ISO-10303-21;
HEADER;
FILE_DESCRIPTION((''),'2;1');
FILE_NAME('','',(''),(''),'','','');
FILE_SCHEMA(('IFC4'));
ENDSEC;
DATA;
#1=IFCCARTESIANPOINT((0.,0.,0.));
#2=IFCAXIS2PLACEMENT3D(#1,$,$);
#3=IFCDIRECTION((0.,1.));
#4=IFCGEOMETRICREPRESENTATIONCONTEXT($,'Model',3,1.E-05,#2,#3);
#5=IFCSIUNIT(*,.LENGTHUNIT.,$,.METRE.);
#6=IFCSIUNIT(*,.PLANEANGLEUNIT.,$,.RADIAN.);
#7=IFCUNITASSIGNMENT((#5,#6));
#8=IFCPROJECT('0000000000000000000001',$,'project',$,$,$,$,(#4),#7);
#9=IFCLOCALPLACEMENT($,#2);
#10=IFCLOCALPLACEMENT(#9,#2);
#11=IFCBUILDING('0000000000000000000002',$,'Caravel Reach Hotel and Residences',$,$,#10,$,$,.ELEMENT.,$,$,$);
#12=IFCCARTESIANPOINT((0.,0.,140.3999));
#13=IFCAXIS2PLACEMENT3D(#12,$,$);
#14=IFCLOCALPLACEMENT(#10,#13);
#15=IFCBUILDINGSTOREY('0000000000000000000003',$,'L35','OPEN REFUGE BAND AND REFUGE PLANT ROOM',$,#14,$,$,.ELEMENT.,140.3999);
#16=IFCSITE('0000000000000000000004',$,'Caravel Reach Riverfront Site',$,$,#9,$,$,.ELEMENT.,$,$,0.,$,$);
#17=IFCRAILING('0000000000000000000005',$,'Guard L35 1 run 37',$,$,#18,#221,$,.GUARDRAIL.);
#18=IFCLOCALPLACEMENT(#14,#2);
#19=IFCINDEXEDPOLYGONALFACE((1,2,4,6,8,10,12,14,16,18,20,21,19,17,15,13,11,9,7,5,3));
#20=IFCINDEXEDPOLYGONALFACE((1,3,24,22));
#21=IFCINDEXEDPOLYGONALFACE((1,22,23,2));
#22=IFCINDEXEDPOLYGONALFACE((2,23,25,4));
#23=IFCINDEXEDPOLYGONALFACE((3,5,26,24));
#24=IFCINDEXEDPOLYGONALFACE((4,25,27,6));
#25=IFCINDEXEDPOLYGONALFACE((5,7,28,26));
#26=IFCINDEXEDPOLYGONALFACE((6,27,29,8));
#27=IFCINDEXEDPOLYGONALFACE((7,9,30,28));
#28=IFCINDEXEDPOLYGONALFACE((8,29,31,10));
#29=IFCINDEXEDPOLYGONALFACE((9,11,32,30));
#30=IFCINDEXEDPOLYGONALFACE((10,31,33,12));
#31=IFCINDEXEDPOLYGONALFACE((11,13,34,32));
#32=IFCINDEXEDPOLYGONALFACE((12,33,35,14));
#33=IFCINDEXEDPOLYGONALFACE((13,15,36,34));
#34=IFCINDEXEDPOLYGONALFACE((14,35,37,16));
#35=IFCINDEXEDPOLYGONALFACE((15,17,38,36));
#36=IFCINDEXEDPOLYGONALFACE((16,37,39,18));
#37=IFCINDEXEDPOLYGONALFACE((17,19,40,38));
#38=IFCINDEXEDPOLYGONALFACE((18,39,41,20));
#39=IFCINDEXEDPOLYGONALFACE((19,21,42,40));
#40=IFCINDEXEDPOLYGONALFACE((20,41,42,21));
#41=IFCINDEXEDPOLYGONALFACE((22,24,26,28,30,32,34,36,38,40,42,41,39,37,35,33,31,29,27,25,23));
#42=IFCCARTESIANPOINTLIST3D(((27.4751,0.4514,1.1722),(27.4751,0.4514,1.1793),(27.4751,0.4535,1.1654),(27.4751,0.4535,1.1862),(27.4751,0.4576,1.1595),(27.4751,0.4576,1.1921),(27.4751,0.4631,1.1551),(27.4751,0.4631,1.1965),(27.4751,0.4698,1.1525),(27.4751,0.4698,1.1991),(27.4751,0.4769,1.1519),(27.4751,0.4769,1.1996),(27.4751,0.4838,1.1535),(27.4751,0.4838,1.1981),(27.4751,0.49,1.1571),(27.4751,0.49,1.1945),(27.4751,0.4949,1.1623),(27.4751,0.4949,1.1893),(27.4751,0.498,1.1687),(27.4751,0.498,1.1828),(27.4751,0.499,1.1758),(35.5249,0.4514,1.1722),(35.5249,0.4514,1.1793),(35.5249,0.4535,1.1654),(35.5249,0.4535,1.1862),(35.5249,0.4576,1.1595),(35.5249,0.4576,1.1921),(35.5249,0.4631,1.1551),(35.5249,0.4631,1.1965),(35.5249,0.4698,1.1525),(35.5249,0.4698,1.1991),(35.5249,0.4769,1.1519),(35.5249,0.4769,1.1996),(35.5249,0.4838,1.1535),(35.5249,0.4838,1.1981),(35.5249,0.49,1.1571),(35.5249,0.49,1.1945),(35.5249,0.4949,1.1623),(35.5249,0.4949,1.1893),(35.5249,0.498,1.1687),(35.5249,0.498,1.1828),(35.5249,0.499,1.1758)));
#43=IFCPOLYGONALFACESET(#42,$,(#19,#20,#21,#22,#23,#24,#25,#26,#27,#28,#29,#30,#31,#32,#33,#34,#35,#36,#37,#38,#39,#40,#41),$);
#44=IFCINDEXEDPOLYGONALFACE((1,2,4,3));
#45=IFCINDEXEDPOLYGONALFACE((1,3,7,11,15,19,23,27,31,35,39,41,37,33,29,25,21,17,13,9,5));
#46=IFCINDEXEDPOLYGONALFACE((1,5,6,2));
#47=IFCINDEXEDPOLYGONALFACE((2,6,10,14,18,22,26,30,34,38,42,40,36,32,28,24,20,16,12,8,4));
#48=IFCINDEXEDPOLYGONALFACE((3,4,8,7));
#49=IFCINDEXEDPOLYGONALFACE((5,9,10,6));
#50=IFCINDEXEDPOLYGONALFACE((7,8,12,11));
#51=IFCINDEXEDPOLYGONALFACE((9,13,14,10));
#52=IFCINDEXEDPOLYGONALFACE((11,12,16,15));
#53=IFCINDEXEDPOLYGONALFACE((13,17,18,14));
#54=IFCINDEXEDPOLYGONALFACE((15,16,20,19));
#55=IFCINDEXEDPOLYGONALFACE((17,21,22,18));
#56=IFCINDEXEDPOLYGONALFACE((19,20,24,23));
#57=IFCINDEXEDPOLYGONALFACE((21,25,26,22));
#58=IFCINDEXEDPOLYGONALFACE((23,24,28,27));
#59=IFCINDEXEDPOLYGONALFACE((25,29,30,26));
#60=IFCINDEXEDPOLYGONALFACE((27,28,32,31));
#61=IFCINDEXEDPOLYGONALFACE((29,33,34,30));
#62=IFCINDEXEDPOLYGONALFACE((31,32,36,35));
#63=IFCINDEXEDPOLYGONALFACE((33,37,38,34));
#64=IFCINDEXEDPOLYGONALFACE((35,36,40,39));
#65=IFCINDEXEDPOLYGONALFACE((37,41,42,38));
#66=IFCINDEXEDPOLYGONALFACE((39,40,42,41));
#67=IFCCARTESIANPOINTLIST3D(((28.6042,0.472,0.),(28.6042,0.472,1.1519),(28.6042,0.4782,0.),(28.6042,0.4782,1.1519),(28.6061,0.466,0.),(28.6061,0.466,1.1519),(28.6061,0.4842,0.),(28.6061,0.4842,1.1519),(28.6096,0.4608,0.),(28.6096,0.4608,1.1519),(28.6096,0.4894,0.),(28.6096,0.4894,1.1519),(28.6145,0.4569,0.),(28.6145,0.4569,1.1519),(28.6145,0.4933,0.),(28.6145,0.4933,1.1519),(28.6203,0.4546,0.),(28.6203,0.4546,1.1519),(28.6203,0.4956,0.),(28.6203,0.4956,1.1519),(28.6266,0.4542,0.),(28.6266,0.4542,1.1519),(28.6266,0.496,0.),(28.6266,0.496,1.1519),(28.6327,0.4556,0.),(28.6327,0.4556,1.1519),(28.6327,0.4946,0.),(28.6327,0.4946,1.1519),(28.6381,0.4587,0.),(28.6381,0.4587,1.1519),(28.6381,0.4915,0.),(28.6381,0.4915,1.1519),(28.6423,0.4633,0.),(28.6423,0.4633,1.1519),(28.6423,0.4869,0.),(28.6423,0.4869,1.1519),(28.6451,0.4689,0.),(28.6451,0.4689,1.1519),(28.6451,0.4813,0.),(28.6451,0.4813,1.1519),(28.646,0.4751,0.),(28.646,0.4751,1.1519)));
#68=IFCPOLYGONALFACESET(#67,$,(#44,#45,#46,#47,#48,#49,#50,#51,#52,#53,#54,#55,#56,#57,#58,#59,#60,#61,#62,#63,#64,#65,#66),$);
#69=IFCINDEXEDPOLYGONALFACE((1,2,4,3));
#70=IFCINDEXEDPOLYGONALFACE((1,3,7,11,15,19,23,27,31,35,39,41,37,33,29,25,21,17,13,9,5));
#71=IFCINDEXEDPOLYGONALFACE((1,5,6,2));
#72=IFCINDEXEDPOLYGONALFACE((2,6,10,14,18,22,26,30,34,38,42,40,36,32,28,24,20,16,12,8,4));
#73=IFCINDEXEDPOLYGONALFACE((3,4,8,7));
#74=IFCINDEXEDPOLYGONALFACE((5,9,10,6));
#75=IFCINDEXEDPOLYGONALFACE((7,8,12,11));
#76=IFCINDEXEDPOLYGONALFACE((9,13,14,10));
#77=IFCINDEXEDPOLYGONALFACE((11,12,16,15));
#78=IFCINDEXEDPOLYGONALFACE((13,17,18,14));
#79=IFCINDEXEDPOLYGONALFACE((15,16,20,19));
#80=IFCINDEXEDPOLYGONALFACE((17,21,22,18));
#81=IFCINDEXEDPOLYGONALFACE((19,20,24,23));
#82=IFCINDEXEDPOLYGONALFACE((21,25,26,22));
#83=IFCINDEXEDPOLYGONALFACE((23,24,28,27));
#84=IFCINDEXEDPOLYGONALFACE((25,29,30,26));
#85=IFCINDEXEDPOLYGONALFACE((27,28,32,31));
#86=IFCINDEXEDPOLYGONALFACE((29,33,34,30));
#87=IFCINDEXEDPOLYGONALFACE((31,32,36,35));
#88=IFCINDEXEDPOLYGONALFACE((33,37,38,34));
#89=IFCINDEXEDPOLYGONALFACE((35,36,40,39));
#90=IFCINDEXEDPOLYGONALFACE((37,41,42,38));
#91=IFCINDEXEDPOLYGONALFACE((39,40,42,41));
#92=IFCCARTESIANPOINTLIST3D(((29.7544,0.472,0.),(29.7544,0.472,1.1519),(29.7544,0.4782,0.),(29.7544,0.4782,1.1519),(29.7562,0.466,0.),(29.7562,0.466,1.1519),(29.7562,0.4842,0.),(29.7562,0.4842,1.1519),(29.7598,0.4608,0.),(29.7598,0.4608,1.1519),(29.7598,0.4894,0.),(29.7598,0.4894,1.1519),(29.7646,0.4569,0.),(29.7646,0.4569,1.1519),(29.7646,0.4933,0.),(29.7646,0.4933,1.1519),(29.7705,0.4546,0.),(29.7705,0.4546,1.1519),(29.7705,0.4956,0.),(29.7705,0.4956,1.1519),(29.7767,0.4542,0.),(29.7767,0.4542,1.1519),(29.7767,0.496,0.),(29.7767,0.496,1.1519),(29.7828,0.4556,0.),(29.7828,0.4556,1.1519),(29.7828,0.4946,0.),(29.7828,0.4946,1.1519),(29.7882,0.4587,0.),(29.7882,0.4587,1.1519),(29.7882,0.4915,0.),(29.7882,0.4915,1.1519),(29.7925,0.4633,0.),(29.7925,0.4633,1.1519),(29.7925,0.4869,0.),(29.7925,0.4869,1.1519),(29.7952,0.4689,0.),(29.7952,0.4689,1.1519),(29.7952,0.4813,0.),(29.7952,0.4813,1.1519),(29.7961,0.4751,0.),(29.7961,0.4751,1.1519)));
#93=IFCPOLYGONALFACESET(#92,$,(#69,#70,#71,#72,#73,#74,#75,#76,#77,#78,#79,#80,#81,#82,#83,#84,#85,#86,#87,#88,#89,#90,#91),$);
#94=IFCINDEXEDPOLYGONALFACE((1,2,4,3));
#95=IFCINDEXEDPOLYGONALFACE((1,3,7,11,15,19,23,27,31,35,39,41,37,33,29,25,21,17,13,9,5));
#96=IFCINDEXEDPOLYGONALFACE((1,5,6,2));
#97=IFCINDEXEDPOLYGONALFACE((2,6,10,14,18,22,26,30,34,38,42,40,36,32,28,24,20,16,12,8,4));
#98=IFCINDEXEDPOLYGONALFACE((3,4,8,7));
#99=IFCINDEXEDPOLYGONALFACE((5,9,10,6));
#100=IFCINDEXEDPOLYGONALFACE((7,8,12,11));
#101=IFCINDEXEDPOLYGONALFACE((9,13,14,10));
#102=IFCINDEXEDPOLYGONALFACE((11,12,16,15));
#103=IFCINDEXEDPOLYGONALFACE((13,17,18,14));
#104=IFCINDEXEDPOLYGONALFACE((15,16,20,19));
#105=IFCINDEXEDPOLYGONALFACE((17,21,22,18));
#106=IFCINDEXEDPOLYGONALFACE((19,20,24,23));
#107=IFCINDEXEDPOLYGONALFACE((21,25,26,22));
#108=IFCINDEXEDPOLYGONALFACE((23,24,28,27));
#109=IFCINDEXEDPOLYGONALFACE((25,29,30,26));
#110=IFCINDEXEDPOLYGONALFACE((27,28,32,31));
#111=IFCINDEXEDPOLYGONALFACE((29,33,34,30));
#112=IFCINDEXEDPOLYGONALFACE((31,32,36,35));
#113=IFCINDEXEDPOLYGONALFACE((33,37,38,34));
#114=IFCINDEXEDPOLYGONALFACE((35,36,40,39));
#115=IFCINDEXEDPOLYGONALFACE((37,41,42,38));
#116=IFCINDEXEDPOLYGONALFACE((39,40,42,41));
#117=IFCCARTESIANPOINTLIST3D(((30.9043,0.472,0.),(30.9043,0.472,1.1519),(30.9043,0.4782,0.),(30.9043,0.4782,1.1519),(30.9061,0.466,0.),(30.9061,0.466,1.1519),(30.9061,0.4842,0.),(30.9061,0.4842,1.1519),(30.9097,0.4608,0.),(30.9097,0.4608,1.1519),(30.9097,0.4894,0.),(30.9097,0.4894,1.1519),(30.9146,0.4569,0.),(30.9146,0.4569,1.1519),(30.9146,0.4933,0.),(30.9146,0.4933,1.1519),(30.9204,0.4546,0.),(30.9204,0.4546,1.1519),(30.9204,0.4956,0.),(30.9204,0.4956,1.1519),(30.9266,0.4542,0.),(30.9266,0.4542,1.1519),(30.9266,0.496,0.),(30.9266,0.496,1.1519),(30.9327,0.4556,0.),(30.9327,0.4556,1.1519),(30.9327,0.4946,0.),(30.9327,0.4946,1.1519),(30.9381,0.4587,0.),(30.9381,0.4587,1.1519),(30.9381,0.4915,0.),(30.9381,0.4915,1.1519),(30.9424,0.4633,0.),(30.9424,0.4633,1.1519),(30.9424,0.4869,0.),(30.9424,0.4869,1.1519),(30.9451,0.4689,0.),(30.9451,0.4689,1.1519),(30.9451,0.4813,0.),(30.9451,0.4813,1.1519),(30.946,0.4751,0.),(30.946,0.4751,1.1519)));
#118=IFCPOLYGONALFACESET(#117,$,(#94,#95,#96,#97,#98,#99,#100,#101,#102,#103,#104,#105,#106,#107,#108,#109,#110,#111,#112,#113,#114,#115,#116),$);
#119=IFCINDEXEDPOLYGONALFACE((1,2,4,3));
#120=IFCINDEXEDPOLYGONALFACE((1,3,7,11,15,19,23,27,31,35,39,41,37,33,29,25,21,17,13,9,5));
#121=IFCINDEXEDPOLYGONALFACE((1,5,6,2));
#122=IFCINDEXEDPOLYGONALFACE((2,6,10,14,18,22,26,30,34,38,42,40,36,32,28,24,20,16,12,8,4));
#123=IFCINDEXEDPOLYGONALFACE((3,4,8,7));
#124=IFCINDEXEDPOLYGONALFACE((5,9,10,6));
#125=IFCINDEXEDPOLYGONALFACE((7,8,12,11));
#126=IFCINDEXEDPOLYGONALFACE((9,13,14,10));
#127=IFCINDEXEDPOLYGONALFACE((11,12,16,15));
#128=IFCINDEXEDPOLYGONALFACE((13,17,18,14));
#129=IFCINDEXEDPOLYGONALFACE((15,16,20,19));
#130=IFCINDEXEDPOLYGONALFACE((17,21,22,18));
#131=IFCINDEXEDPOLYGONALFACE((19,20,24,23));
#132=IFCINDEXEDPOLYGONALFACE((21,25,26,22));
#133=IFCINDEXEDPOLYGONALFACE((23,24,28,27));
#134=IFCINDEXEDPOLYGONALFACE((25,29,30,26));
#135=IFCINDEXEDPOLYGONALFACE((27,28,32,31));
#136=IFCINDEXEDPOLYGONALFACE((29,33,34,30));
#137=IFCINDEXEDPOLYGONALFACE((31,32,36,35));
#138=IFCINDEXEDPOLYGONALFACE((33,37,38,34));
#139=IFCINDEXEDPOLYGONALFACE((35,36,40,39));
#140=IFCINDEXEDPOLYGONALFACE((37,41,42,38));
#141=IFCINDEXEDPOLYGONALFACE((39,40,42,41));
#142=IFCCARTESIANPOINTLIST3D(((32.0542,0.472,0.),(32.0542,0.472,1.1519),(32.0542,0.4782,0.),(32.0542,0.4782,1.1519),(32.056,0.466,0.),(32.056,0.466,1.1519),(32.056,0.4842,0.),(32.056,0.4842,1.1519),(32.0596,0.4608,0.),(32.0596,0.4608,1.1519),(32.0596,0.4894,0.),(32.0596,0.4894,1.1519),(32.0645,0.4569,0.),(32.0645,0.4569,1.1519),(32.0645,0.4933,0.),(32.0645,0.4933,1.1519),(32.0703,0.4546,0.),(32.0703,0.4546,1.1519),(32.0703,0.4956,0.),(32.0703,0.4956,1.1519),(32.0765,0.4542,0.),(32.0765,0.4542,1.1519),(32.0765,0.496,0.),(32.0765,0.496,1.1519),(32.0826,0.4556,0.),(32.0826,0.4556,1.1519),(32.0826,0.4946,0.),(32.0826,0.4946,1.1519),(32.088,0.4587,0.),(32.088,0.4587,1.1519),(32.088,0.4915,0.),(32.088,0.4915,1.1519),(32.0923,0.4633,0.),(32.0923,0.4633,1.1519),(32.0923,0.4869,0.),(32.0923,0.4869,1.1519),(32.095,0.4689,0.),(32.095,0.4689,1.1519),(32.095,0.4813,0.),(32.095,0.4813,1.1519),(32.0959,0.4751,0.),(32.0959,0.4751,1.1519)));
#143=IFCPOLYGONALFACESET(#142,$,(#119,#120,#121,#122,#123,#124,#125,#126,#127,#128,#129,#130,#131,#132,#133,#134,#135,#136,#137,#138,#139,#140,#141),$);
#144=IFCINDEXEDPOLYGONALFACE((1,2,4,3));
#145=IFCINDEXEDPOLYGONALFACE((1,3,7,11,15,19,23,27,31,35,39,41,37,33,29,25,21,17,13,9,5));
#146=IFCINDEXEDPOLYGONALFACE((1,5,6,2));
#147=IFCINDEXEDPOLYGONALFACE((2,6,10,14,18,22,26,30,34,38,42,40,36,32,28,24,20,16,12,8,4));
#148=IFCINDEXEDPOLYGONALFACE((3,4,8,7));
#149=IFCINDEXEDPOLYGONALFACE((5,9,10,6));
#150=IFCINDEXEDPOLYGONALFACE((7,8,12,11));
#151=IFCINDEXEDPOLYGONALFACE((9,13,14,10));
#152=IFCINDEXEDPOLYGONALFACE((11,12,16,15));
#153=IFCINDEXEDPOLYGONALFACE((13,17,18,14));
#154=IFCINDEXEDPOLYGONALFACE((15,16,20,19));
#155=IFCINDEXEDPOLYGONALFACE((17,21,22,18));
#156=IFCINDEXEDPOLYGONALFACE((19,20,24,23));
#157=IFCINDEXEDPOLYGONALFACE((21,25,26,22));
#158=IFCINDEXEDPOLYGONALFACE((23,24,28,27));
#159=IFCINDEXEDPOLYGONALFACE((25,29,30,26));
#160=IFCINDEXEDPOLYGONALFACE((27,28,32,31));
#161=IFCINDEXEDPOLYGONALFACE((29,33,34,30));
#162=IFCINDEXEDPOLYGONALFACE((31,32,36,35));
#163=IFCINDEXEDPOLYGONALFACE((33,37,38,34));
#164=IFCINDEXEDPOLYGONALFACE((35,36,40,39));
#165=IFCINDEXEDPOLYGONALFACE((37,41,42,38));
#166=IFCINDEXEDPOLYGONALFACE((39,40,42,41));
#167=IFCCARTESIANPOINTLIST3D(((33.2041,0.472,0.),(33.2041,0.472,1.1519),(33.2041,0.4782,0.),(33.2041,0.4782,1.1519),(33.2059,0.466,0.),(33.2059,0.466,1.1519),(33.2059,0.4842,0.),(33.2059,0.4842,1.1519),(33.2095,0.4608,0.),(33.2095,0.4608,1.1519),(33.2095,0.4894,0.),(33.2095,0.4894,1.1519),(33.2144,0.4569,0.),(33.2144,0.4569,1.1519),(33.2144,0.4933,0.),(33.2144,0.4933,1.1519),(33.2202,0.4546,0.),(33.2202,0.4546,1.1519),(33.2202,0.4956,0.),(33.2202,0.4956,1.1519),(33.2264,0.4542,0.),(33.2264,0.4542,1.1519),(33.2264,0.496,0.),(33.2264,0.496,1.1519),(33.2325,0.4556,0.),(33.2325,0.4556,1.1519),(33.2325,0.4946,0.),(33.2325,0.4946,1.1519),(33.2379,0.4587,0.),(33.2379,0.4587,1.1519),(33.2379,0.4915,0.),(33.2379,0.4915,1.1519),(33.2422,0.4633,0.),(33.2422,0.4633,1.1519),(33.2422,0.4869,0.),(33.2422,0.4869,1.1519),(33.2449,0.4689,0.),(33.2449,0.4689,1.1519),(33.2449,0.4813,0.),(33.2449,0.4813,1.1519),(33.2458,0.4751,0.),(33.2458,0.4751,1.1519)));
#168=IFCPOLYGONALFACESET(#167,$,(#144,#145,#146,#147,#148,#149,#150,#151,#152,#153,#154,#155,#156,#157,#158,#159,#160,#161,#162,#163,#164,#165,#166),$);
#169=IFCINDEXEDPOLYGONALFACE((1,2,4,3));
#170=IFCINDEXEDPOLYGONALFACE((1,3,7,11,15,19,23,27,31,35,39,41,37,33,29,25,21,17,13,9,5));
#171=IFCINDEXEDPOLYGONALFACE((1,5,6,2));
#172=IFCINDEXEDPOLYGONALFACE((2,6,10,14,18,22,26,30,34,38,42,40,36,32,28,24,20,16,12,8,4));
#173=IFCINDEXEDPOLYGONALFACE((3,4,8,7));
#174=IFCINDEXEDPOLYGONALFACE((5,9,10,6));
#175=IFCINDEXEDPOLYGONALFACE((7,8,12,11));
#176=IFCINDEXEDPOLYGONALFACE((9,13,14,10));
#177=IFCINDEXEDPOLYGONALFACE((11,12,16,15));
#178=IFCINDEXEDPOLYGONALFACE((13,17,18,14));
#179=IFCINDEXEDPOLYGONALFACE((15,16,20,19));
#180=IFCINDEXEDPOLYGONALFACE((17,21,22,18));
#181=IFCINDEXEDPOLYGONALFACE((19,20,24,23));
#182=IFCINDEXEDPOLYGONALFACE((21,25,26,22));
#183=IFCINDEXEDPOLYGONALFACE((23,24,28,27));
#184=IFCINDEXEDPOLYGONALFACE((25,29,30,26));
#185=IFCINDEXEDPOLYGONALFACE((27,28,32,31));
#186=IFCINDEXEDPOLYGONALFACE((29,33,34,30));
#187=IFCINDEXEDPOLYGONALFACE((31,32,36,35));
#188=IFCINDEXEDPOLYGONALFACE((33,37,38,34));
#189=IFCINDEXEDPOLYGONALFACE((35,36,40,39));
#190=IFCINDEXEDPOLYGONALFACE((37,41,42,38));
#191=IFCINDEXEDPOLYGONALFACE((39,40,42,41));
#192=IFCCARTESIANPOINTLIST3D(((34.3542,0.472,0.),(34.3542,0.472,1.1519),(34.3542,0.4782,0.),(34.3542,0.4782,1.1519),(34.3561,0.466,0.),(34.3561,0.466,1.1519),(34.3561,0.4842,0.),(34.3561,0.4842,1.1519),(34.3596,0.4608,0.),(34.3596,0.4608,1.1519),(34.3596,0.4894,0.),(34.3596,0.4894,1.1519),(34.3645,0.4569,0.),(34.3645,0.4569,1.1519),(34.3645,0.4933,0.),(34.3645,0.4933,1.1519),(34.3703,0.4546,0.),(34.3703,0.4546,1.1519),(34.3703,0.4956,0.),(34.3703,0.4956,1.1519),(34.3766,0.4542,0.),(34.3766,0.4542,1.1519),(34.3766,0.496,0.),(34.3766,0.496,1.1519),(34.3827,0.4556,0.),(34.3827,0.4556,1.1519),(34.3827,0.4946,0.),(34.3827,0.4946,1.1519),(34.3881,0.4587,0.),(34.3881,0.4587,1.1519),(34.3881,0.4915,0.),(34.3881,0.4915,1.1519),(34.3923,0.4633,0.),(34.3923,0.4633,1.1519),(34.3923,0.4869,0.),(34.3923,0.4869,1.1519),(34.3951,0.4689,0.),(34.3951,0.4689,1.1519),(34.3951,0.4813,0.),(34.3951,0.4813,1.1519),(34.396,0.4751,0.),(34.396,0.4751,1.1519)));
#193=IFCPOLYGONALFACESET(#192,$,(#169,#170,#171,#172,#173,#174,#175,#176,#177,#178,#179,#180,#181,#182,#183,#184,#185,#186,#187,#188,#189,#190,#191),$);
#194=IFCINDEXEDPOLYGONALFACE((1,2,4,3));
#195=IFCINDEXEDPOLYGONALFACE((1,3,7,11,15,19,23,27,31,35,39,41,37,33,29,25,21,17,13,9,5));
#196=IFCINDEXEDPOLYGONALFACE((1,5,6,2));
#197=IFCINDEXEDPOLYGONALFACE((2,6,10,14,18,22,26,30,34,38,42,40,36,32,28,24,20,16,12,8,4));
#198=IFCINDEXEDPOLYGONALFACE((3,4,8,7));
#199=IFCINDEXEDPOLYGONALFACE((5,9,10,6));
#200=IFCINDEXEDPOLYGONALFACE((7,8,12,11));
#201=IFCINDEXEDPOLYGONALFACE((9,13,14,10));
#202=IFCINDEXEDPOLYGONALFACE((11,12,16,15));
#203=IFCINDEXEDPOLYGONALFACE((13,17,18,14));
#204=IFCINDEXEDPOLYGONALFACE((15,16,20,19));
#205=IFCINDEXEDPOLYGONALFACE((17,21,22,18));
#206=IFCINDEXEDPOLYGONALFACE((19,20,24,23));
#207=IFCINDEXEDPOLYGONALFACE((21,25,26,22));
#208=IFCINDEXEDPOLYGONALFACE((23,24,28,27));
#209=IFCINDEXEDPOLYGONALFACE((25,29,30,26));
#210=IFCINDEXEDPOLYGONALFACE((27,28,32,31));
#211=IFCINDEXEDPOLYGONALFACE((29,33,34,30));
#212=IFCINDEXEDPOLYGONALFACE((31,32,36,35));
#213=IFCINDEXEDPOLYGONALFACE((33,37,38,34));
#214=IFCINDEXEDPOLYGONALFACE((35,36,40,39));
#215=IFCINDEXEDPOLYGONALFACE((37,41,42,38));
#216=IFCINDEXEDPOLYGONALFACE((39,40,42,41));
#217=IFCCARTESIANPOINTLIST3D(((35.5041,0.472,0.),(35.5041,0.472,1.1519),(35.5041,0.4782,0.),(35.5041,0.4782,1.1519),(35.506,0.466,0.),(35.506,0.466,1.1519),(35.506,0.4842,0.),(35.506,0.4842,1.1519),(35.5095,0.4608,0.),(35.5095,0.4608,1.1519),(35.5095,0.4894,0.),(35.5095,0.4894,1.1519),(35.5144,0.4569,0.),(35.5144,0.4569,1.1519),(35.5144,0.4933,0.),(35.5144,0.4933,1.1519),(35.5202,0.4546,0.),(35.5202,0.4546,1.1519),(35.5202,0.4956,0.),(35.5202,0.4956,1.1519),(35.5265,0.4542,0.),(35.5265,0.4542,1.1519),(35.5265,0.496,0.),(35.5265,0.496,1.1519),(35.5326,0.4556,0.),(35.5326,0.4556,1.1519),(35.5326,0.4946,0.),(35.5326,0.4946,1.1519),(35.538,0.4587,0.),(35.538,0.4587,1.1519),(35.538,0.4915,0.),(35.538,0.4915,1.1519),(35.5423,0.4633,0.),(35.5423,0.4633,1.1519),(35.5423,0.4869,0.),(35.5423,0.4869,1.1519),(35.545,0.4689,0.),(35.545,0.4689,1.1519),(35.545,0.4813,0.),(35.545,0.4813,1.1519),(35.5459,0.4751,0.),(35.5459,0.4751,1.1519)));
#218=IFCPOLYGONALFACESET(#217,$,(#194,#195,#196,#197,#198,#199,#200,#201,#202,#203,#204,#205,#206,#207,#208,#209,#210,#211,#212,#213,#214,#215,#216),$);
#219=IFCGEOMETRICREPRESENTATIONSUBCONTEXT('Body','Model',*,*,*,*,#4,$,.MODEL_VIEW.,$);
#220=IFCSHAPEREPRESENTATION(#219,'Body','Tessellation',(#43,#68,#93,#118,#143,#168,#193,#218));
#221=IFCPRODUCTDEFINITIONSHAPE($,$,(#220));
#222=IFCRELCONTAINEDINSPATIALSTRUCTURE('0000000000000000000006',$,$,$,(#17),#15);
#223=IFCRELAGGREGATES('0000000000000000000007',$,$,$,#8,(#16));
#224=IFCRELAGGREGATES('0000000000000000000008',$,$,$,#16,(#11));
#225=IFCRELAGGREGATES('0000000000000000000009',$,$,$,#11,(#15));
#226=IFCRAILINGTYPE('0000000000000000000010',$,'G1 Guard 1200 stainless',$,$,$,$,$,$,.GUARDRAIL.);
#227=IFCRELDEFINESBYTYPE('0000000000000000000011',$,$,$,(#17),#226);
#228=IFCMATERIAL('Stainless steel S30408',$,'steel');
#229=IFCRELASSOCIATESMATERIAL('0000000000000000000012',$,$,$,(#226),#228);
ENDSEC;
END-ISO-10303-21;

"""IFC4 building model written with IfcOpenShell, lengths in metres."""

from ifc_helpers import new_model, si_unit, direction, frame, origin, origin_2d, place, context, subcontext, project, spatial, circle, extrude, material, type_object, element, save


model = new_model("IFC4")

# Units and contexts
model_context = context("Model", 3, precision=1e-05, world=origin(), true_north=direction((0.0, 1.0)))
body_context = subcontext(model_context, "Body", "Model", "MODEL_VIEW")
ifc_project = project(units=[si_unit("LENGTHUNIT", "METRE"), si_unit("PLANEANGLEUNIT", "RADIAN")], contexts=[model_context])

# Site, building, storey
site_placement = place(None, origin())
site = spatial("IfcSite", under=ifc_project, at=site_placement, Name="Caravel Reach Riverfront Site", CompositionType="ELEMENT", RefElevation=0.0)
building_placement = place(site_placement, origin())
building = spatial("IfcBuilding", under=site, at=building_placement, Name="Caravel Reach Hotel and Residences", CompositionType="ELEMENT")
storey_placement = place(building_placement, frame((0.0, 0.0, 140.3999)))
storey = spatial("IfcBuildingStorey", under=building, at=storey_placement, Name="L35", Description="OPEN REFUGE BAND AND REFUGE PLANT ROOM", CompositionType="ELEMENT", Elevation=140.3999)

# Railing
ifc_material_1 = material(Name="Stainless steel S30408", Category="steel")
railing_type = type_object("IfcRailingType", Name="G1 Guard 1200 stainless", PredefinedType="GUARDRAIL", material=ifc_material_1)
railing_1_placement = place(storey_placement, frame((27.4751, 0.4751, 0.0)))
element("IfcRailing", 1, at=railing_1_placement, inside=storey, type_object=railing_type, Name="Guard L35 1 run 37", PredefinedType="GUARDRAIL", context=body_context, shape_type="SweptSolid", body=[
    extrude(circle(Radius=0.0239, at=origin_2d()), frame((0.0, 0.0, 1.1758), z_axis=(1.0, 0.0, 0.0), x_axis=(0.0, 1.0, 0.0)), (0.0, 0.0, 1.0), 8.0498),
    extrude(circle(Radius=0.021, at=origin_2d()), frame((1.1499, 0.0, 0.0)), (0.0, 0.0, 1.0), 1.1519),
    extrude(circle(Radius=0.021, at=origin_2d()), frame((2.3, 0.0, 0.0)), (0.0, 0.0, 1.0), 1.1519),
    extrude(circle(Radius=0.021, at=origin_2d()), frame((3.45, 0.0, 0.0)), (0.0, 0.0, 1.0), 1.1519),
    extrude(circle(Radius=0.021, at=origin_2d()), frame((4.5999, 0.0, 0.0)), (0.0, 0.0, 1.0), 1.1519),
    extrude(circle(Radius=0.021, at=origin_2d()), frame((5.7498, 0.0, 0.0)), (0.0, 0.0, 1.0), 1.1519),
    extrude(circle(Radius=0.021, at=origin_2d()), frame((6.8999, 0.0, 0.0)), (0.0, 0.0, 1.0), 1.1519),
    extrude(circle(Radius=0.021, at=origin_2d()), frame((8.0498, 0.0, 0.0)), (0.0, 0.0, 1.0), 1.1519),
])

save(model, "model.ifc")
